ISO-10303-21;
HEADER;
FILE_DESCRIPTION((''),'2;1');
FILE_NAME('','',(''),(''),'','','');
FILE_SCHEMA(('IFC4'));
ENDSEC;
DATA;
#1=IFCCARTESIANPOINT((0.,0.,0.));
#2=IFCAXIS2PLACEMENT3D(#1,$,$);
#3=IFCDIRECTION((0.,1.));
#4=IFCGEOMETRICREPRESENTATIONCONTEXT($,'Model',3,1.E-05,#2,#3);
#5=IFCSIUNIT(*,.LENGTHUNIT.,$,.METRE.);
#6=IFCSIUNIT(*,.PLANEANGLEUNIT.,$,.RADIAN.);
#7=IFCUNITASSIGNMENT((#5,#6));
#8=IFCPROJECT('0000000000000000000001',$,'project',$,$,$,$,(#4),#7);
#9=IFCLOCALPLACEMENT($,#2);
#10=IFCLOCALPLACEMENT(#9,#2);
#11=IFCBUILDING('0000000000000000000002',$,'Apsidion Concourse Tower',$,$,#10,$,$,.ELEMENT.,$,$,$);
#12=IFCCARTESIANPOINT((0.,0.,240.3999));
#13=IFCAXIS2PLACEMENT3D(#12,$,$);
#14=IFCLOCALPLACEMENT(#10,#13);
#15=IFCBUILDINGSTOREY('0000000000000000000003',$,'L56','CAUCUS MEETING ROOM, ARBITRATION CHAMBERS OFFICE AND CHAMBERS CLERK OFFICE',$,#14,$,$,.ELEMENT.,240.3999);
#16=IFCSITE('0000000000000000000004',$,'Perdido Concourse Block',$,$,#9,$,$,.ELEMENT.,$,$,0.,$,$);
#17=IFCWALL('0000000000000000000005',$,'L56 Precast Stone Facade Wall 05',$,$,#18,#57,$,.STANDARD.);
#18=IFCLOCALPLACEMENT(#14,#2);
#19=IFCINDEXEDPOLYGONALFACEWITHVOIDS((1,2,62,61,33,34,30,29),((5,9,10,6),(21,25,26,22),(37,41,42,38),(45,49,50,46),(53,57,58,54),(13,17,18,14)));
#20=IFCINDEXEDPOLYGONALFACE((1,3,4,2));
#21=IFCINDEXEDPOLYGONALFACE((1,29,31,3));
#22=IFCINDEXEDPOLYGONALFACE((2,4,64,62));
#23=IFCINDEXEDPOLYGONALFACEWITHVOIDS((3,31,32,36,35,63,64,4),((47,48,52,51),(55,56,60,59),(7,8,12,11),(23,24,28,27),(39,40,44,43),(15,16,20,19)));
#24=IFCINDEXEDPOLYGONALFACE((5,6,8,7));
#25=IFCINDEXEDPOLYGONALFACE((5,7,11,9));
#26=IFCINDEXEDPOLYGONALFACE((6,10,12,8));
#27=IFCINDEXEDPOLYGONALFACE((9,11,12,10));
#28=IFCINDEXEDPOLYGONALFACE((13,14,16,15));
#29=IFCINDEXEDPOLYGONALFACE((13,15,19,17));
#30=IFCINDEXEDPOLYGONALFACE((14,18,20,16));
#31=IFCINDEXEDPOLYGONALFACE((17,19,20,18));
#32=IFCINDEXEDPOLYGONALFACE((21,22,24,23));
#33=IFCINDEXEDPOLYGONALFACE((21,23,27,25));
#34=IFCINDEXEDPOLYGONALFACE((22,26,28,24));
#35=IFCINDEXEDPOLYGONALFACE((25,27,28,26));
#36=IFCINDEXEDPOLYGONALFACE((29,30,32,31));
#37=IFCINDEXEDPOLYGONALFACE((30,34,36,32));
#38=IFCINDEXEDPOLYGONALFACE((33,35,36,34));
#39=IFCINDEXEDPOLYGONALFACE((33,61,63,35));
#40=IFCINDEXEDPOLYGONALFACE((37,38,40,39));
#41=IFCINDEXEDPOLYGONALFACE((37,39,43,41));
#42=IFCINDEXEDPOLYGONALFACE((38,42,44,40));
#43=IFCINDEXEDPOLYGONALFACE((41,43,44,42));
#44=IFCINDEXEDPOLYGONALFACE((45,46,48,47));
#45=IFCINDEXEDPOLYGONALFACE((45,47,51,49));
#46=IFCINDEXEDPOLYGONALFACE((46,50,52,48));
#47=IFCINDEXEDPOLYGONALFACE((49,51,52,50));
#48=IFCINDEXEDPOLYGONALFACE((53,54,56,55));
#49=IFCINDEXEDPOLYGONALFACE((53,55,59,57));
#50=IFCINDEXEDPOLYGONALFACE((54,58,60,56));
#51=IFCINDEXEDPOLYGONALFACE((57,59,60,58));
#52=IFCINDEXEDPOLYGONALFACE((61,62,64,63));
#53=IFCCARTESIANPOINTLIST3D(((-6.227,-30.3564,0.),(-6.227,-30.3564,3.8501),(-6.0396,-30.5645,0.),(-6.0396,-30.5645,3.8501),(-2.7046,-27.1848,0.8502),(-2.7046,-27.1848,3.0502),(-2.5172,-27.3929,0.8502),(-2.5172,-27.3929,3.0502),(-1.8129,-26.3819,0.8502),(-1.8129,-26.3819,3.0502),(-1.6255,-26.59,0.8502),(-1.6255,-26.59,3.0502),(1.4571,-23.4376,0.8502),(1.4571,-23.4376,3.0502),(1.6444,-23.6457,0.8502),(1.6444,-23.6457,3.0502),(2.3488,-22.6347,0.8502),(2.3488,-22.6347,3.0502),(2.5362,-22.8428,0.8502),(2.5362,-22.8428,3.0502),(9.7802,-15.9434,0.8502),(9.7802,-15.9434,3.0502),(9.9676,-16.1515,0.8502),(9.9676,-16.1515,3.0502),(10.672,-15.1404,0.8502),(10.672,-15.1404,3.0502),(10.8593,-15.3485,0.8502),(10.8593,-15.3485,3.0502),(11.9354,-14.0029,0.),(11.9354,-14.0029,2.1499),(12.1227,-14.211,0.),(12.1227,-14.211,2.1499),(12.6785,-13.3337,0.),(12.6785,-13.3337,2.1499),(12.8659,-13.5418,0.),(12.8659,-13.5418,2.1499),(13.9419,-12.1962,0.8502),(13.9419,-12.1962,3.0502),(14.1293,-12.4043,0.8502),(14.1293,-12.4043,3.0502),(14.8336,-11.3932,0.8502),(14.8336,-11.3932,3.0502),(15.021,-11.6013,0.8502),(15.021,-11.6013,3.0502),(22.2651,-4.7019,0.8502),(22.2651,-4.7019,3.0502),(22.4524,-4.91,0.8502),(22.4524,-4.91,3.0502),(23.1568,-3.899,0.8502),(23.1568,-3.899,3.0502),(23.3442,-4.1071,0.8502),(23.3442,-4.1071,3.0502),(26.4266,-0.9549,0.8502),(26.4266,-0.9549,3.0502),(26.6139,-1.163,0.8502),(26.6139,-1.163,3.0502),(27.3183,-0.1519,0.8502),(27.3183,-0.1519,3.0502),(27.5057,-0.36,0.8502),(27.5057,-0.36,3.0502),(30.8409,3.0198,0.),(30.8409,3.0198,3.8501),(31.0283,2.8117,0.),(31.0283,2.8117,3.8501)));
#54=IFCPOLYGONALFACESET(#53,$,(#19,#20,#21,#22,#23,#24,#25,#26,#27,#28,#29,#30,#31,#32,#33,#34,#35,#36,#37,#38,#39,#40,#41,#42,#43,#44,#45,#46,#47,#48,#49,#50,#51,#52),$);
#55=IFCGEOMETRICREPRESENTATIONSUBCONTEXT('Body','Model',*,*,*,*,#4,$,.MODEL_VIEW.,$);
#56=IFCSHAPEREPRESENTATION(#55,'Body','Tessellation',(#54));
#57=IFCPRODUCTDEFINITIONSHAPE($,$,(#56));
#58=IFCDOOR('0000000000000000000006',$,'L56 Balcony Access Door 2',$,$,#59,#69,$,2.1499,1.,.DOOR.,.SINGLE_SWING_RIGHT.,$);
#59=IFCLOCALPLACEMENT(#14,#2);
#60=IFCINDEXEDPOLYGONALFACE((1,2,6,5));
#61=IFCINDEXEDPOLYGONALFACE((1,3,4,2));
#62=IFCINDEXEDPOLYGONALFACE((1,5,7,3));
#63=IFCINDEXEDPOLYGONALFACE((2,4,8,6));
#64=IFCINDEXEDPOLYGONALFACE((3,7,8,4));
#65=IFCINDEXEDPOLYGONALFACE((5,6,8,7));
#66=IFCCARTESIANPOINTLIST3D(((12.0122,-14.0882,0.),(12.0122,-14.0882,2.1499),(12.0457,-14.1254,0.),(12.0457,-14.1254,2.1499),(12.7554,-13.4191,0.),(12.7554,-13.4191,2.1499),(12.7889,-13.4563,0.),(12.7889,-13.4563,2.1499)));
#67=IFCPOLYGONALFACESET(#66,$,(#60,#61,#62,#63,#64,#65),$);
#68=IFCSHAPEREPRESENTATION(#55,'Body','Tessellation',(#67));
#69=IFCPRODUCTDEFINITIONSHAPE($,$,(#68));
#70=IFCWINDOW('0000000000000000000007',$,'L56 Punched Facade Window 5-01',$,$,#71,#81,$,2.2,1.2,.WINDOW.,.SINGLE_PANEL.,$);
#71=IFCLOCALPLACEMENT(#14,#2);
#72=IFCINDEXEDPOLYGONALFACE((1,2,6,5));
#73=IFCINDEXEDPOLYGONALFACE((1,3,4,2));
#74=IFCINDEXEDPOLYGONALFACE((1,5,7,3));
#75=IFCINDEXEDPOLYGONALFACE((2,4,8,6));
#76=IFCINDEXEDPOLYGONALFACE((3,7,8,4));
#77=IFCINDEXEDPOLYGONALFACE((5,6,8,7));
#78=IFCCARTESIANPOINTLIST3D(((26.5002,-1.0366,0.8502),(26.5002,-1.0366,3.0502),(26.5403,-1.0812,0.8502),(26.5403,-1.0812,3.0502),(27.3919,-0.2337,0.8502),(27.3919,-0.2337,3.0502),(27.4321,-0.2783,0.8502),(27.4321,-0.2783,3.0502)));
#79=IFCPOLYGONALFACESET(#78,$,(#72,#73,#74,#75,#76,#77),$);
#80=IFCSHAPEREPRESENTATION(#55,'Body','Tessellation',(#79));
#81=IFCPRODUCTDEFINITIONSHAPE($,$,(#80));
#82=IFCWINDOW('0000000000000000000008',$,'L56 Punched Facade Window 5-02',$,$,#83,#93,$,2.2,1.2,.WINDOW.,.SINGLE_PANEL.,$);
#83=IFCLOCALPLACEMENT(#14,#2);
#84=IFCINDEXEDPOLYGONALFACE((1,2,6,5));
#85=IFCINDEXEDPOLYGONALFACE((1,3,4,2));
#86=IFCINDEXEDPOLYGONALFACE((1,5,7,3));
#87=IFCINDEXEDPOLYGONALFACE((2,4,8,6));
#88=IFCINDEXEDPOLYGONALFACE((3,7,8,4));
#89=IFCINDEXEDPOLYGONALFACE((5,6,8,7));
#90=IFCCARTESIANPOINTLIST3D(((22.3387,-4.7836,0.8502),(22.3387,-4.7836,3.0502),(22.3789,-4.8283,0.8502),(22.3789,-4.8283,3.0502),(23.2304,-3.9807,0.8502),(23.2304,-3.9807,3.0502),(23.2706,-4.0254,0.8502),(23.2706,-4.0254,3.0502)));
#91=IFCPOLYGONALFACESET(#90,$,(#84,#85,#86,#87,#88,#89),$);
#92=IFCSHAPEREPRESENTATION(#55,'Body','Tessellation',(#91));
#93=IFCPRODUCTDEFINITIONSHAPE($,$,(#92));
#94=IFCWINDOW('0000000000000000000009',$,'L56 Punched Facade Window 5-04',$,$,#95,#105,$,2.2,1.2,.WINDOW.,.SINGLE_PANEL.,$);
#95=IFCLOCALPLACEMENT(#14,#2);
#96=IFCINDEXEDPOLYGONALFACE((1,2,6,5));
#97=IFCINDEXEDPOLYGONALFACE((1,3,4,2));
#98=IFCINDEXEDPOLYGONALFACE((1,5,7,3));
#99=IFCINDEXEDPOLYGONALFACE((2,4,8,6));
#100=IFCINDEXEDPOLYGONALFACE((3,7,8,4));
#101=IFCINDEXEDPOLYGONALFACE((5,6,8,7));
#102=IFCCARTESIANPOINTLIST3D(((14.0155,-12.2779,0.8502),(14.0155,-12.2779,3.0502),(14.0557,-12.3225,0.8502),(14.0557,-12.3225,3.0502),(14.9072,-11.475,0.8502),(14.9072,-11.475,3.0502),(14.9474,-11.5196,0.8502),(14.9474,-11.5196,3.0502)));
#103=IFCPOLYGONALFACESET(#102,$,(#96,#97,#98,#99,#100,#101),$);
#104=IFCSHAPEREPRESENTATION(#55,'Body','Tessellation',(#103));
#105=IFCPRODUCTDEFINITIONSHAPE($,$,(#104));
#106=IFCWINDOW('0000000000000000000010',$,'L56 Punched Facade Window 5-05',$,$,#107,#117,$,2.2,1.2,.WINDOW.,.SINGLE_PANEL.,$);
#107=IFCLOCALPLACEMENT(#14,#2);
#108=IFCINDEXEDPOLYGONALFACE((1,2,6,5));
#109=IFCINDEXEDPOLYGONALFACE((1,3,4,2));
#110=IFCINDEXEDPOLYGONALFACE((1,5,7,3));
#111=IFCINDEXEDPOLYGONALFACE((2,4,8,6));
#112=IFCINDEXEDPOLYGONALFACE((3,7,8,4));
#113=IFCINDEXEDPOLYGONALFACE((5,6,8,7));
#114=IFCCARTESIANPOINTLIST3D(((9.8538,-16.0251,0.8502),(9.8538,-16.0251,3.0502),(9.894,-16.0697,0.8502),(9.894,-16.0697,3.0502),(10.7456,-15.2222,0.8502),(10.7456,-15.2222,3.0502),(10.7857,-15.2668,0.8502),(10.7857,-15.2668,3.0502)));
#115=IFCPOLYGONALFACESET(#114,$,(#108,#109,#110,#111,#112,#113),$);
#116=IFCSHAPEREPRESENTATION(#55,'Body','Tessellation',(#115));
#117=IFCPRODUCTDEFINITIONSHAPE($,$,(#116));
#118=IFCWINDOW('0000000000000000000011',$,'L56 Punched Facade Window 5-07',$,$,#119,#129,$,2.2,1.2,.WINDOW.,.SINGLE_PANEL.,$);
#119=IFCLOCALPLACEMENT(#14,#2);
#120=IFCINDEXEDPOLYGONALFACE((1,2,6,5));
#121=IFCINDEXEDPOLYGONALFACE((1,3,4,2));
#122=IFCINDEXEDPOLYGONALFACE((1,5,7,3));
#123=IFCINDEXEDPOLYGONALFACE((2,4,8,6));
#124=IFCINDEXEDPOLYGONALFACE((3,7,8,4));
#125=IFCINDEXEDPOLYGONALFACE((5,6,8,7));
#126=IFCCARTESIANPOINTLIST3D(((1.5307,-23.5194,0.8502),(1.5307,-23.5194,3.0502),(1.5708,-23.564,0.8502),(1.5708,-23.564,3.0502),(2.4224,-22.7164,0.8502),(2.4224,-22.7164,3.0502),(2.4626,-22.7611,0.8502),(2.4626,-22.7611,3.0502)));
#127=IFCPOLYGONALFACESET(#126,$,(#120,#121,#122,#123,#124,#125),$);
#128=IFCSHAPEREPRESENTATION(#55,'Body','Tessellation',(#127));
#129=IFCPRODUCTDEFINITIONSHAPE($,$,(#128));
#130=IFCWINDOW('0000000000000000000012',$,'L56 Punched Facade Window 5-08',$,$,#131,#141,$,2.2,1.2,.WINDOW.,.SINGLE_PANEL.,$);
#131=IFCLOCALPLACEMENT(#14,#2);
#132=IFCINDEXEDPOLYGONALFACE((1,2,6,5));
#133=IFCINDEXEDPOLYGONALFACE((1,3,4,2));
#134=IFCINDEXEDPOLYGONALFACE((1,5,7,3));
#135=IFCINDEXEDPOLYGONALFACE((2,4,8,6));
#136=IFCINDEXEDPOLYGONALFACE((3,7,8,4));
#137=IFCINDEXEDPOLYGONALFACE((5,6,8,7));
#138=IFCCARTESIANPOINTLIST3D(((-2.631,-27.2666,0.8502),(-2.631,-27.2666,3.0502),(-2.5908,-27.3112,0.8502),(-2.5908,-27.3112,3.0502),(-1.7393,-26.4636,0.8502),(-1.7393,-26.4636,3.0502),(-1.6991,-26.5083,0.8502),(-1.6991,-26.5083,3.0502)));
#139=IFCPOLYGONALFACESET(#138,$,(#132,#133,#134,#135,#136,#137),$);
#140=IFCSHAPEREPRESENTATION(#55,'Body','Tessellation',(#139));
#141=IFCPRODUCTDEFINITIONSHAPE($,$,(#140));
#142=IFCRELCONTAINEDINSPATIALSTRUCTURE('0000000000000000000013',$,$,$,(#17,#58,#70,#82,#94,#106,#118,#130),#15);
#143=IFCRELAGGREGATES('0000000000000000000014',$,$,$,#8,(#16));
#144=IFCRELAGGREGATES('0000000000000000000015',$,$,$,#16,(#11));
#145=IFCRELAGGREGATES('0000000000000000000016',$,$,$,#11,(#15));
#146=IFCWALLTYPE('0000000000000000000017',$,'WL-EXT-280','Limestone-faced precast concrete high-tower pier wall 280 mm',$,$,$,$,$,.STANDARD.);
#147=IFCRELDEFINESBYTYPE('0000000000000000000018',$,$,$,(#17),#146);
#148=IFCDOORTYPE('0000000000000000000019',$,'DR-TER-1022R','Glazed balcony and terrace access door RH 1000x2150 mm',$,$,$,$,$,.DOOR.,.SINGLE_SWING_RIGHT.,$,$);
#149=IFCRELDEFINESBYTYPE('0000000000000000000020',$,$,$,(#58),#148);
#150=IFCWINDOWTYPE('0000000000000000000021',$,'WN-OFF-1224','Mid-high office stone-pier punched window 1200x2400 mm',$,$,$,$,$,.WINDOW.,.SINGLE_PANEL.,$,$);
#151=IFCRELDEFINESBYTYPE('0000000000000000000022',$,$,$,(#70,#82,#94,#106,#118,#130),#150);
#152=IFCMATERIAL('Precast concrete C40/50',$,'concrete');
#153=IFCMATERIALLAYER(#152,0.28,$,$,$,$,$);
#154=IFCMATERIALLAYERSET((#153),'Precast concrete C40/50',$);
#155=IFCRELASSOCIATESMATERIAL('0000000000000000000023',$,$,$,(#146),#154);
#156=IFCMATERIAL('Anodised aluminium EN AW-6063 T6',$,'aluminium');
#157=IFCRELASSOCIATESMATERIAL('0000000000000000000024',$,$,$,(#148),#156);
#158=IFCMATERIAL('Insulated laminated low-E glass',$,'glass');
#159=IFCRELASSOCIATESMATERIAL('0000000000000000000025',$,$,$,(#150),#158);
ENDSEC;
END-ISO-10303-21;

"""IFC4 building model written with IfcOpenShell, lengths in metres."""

from ifc_helpers import new_model, si_unit, direction, frame, frame_2d, origin, place, context, subcontext, project, spatial, rectangle, extrude, material, layer, layer_set, type_object, element, fill, save


model = new_model("IFC4")

# Units and contexts
model_context = context("Model", 3, precision=1e-05, world=origin(), true_north=direction((0.0, 1.0)))
body_context = subcontext(model_context, "Body", "Model", "MODEL_VIEW")
ifc_project = project(units=[si_unit("LENGTHUNIT", "METRE"), si_unit("PLANEANGLEUNIT", "RADIAN")], contexts=[model_context])

# Site, building, storey
site_placement = place(None, origin())
site = spatial("IfcSite", under=ifc_project, at=site_placement, Name="Perdido Concourse Block", CompositionType="ELEMENT", RefElevation=0.0)
building_placement = place(site_placement, origin())
building = spatial("IfcBuilding", under=site, at=building_placement, Name="Apsidion Concourse Tower", CompositionType="ELEMENT")
storey_placement = place(building_placement, frame((0.0, 0.0, 240.3999)))
storey = spatial("IfcBuildingStorey", under=building, at=storey_placement, Name="L56", Description="CAUCUS MEETING ROOM, ARBITRATION CHAMBERS OFFICE AND CHAMBERS CLERK OFFICE", CompositionType="ELEMENT", Elevation=240.3999)

# Shared definitions
ifc_material_1 = material(Name="Precast concrete C40/50", Category="concrete")
ifc_layer_1 = layer(ifc_material_1, 0.28)
ifc_layer_set_1 = layer_set([ifc_layer_1], Name="Precast concrete C40/50")
wall_type_1 = type_object("IfcWallType", Name="WL-EXT-280", Description="Limestone-faced precast concrete high-tower pier wall 280 mm", PredefinedType="STANDARD", material=ifc_layer_set_1)

# Wall, openings, door, windows
wall_1_placement = place(storey_placement, frame((30.9346, 2.9158, 0.0), z_axis=(0.0, 0.0, 1.0), x_axis=(-0.743143, -0.669132, 0.0)))
wall_1 = element("IfcWall", 1, at=wall_1_placement, inside=storey, type_object=wall_type_1, Name="L56 Precast Stone Facade Wall 05", PredefinedType="STANDARD", context=body_context, shape_type="SweptSolid", body=[
    extrude(rectangle(XDim=49.8799, YDim=0.28, at=frame_2d((24.9399, 0.0))), origin(), (0.0, 0.0, 1.0), 3.8501),
])
opening_1_placement = place(wall_1_placement, frame((24.4399, 0.0, 0.0)))
opening_1 = element("IfcOpeningElement", 2, at=opening_1_placement, cuts=wall_1, PredefinedType="OPENING", context=body_context, shape_type="SweptSolid", body=[
    extrude(rectangle(XDim=1.0, YDim=2.1499, at=frame_2d((0.5, 1.075))), frame((0.0, 0.1499, 0.0), z_axis=(0.0, -1.0, 0.0), x_axis=(1.0, 0.0, 0.0)), (0.0, 0.0, 1.0), 0.3),
])
opening_2_placement = place(wall_1_placement, frame((4.74, 0.0, 0.8501)))
opening_2 = element("IfcOpeningElement", 3, at=opening_2_placement, cuts=wall_1, PredefinedType="OPENING", context=body_context, shape_type="SweptSolid", body=[
    extrude(rectangle(XDim=1.2, YDim=2.2, at=frame_2d((0.6001, 1.1001))), frame((0.0, 0.1499, 0.0), z_axis=(0.0, -1.0, 0.0), x_axis=(1.0, 0.0, 0.0)), (0.0, 0.0, 1.0), 0.3),
])
opening_3_placement = place(wall_1_placement, frame((10.3398, 0.0, 0.8501)))
opening_3 = element("IfcOpeningElement", 4, at=opening_3_placement, cuts=wall_1, PredefinedType="OPENING", context=body_context, shape_type="SweptSolid", body=[
    extrude(rectangle(XDim=1.2, YDim=2.2, at=frame_2d((0.6001, 1.1001))), frame((0.0, 0.1499, 0.0), z_axis=(0.0, -1.0, 0.0), x_axis=(1.0, 0.0, 0.0)), (0.0, 0.0, 1.0), 0.3),
])
opening_4_placement = place(wall_1_placement, frame((21.5398, 0.0, 0.8501)))
opening_4 = element("IfcOpeningElement", 5, at=opening_4_placement, cuts=wall_1, PredefinedType="OPENING", context=body_context, shape_type="SweptSolid", body=[
    extrude(rectangle(XDim=1.2, YDim=2.2, at=frame_2d((0.6001, 1.1001))), frame((0.0, 0.1499, 0.0), z_axis=(0.0, -1.0, 0.0), x_axis=(1.0, 0.0, 0.0)), (0.0, 0.0, 1.0), 0.3),
])
opening_5_placement = place(wall_1_placement, frame((27.1399, 0.0, 0.8501)))
opening_5 = element("IfcOpeningElement", 6, at=opening_5_placement, cuts=wall_1, PredefinedType="OPENING", context=body_context, shape_type="SweptSolid", body=[
    extrude(rectangle(XDim=1.2, YDim=2.2, at=frame_2d((0.6001, 1.1001))), frame((0.0, 0.1499, 0.0), z_axis=(0.0, -1.0, 0.0), x_axis=(1.0, 0.0, 0.0)), (0.0, 0.0, 1.0), 0.3),
])
opening_6_placement = place(wall_1_placement, frame((38.3398, 0.0, 0.8501)))
opening_6 = element("IfcOpeningElement", 7, at=opening_6_placement, cuts=wall_1, PredefinedType="OPENING", context=body_context, shape_type="SweptSolid", body=[
    extrude(rectangle(XDim=1.2, YDim=2.2, at=frame_2d((0.6001, 1.1001))), frame((0.0, 0.1499, 0.0), z_axis=(0.0, -1.0, 0.0), x_axis=(1.0, 0.0, 0.0)), (0.0, 0.0, 1.0), 0.3),
])
opening_7_placement = place(wall_1_placement, frame((43.9399, 0.0, 0.8501)))
opening_7 = element("IfcOpeningElement", 8, at=opening_7_placement, cuts=wall_1, PredefinedType="OPENING", context=body_context, shape_type="SweptSolid", body=[
    extrude(rectangle(XDim=1.2, YDim=2.2, at=frame_2d((0.6001, 1.1001))), frame((0.0, 0.1499, 0.0), z_axis=(0.0, -1.0, 0.0), x_axis=(1.0, 0.0, 0.0)), (0.0, 0.0, 1.0), 0.3),
])
ifc_material_2 = material(Name="Anodised aluminium EN AW-6063 T6", Category="aluminium")
door_type_1 = type_object("IfcDoorType", Name="DR-TER-1022R", Description="Glazed balcony and terrace access door RH 1000x2150 mm", OperationType="SINGLE_SWING_RIGHT", PredefinedType="DOOR", material=ifc_material_2)
door_1_placement = place(opening_1_placement, origin())
door_1 = element("IfcDoor", 9, at=door_1_placement, inside=storey, type_object=door_type_1, Name="L56 Balcony Access Door 2", OperationType="SINGLE_SWING_RIGHT", OverallHeight=2.1499, OverallWidth=1.0, PredefinedType="DOOR", context=body_context, shape_type="SweptSolid", body=[
    extrude(rectangle(XDim=1.0, YDim=2.1499, at=frame_2d((0.5, 1.075))), frame((0.0, 0.0249, 0.0), z_axis=(0.0, -1.0, 0.0), x_axis=(1.0, 0.0, 0.0)), (0.0, 0.0, 1.0), 0.05),
])
fill(opening_1, door_1)
ifc_material_3 = material(Name="Insulated laminated low-E glass", Category="glass")
window_type = type_object("IfcWindowType", Name="WN-OFF-1224", Description="Mid-high office stone-pier punched window 1200x2400 mm", PartitioningType="SINGLE_PANEL", PredefinedType="WINDOW", material=ifc_material_3)
window_1_placement = place(opening_2_placement, origin())
window_1 = element("IfcWindow", 10, at=window_1_placement, inside=storey, type_object=window_type, Name="L56 Punched Facade Window 5-01", OverallHeight=2.2, OverallWidth=1.2, PartitioningType="SINGLE_PANEL", PredefinedType="WINDOW", context=body_context, shape_type="SweptSolid", body=[
    extrude(rectangle(XDim=1.2, YDim=2.2, at=frame_2d((0.6001, 1.1001))), frame((0.0, 0.03, 0.0), z_axis=(0.0, -1.0, 0.0), x_axis=(1.0, 0.0, 0.0)), (0.0, 0.0, 1.0), 0.0601),
])
fill(opening_2, window_1)
window_2_placement = place(opening_3_placement, origin())
window_2 = element("IfcWindow", 11, at=window_2_placement, inside=storey, type_object=window_type, Name="L56 Punched Facade Window 5-02", OverallHeight=2.2, OverallWidth=1.2, PartitioningType="SINGLE_PANEL", PredefinedType="WINDOW", context=body_context, shape_type="SweptSolid", body=[
    extrude(rectangle(XDim=1.2, YDim=2.2, at=frame_2d((0.6001, 1.1001))), frame((0.0, 0.03, 0.0), z_axis=(0.0, -1.0, 0.0), x_axis=(1.0, 0.0, 0.0)), (0.0, 0.0, 1.0), 0.0601),
])
fill(opening_3, window_2)
window_3_placement = place(opening_4_placement, origin())
window_3 = element("IfcWindow", 12, at=window_3_placement, inside=storey, type_object=window_type, Name="L56 Punched Facade Window 5-04", OverallHeight=2.2, OverallWidth=1.2, PartitioningType="SINGLE_PANEL", PredefinedType="WINDOW", context=body_context, shape_type="SweptSolid", body=[
    extrude(rectangle(XDim=1.2, YDim=2.2, at=frame_2d((0.6001, 1.1001))), frame((0.0, 0.03, 0.0), z_axis=(0.0, -1.0, 0.0), x_axis=(1.0, 0.0, 0.0)), (0.0, 0.0, 1.0), 0.0601),
])
fill(opening_4, window_3)
window_4_placement = place(opening_5_placement, origin())
window_4 = element("IfcWindow", 13, at=window_4_placement, inside=storey, type_object=window_type, Name="L56 Punched Facade Window 5-05", OverallHeight=2.2, OverallWidth=1.2, PartitioningType="SINGLE_PANEL", PredefinedType="WINDOW", context=body_context, shape_type="SweptSolid", body=[
    extrude(rectangle(XDim=1.2, YDim=2.2, at=frame_2d((0.6001, 1.1001))), frame((0.0, 0.03, 0.0), z_axis=(0.0, -1.0, 0.0), x_axis=(1.0, 0.0, 0.0)), (0.0, 0.0, 1.0), 0.0601),
])
fill(opening_5, window_4)
window_5_placement = place(opening_6_placement, origin())
window_5 = element("IfcWindow", 14, at=window_5_placement, inside=storey, type_object=window_type, Name="L56 Punched Facade Window 5-07", OverallHeight=2.2, OverallWidth=1.2, PartitioningType="SINGLE_PANEL", PredefinedType="WINDOW", context=body_context, shape_type="SweptSolid", body=[
    extrude(rectangle(XDim=1.2, YDim=2.2, at=frame_2d((0.6001, 1.1001))), frame((0.0, 0.03, 0.0), z_axis=(0.0, -1.0, 0.0), x_axis=(1.0, 0.0, 0.0)), (0.0, 0.0, 1.0), 0.0601),
])
fill(opening_6, window_5)
window_6_placement = place(opening_7_placement, origin())
window_6 = element("IfcWindow", 15, at=window_6_placement, inside=storey, type_object=window_type, Name="L56 Punched Facade Window 5-08", OverallHeight=2.2, OverallWidth=1.2, PartitioningType="SINGLE_PANEL", PredefinedType="WINDOW", context=body_context, shape_type="SweptSolid", body=[
    extrude(rectangle(XDim=1.2, YDim=2.2, at=frame_2d((0.6001, 1.1001))), frame((0.0, 0.03, 0.0), z_axis=(0.0, -1.0, 0.0), x_axis=(1.0, 0.0, 0.0)), (0.0, 0.0, 1.0), 0.0601),
])
fill(opening_7, window_6)

save(model, "model.ifc")
